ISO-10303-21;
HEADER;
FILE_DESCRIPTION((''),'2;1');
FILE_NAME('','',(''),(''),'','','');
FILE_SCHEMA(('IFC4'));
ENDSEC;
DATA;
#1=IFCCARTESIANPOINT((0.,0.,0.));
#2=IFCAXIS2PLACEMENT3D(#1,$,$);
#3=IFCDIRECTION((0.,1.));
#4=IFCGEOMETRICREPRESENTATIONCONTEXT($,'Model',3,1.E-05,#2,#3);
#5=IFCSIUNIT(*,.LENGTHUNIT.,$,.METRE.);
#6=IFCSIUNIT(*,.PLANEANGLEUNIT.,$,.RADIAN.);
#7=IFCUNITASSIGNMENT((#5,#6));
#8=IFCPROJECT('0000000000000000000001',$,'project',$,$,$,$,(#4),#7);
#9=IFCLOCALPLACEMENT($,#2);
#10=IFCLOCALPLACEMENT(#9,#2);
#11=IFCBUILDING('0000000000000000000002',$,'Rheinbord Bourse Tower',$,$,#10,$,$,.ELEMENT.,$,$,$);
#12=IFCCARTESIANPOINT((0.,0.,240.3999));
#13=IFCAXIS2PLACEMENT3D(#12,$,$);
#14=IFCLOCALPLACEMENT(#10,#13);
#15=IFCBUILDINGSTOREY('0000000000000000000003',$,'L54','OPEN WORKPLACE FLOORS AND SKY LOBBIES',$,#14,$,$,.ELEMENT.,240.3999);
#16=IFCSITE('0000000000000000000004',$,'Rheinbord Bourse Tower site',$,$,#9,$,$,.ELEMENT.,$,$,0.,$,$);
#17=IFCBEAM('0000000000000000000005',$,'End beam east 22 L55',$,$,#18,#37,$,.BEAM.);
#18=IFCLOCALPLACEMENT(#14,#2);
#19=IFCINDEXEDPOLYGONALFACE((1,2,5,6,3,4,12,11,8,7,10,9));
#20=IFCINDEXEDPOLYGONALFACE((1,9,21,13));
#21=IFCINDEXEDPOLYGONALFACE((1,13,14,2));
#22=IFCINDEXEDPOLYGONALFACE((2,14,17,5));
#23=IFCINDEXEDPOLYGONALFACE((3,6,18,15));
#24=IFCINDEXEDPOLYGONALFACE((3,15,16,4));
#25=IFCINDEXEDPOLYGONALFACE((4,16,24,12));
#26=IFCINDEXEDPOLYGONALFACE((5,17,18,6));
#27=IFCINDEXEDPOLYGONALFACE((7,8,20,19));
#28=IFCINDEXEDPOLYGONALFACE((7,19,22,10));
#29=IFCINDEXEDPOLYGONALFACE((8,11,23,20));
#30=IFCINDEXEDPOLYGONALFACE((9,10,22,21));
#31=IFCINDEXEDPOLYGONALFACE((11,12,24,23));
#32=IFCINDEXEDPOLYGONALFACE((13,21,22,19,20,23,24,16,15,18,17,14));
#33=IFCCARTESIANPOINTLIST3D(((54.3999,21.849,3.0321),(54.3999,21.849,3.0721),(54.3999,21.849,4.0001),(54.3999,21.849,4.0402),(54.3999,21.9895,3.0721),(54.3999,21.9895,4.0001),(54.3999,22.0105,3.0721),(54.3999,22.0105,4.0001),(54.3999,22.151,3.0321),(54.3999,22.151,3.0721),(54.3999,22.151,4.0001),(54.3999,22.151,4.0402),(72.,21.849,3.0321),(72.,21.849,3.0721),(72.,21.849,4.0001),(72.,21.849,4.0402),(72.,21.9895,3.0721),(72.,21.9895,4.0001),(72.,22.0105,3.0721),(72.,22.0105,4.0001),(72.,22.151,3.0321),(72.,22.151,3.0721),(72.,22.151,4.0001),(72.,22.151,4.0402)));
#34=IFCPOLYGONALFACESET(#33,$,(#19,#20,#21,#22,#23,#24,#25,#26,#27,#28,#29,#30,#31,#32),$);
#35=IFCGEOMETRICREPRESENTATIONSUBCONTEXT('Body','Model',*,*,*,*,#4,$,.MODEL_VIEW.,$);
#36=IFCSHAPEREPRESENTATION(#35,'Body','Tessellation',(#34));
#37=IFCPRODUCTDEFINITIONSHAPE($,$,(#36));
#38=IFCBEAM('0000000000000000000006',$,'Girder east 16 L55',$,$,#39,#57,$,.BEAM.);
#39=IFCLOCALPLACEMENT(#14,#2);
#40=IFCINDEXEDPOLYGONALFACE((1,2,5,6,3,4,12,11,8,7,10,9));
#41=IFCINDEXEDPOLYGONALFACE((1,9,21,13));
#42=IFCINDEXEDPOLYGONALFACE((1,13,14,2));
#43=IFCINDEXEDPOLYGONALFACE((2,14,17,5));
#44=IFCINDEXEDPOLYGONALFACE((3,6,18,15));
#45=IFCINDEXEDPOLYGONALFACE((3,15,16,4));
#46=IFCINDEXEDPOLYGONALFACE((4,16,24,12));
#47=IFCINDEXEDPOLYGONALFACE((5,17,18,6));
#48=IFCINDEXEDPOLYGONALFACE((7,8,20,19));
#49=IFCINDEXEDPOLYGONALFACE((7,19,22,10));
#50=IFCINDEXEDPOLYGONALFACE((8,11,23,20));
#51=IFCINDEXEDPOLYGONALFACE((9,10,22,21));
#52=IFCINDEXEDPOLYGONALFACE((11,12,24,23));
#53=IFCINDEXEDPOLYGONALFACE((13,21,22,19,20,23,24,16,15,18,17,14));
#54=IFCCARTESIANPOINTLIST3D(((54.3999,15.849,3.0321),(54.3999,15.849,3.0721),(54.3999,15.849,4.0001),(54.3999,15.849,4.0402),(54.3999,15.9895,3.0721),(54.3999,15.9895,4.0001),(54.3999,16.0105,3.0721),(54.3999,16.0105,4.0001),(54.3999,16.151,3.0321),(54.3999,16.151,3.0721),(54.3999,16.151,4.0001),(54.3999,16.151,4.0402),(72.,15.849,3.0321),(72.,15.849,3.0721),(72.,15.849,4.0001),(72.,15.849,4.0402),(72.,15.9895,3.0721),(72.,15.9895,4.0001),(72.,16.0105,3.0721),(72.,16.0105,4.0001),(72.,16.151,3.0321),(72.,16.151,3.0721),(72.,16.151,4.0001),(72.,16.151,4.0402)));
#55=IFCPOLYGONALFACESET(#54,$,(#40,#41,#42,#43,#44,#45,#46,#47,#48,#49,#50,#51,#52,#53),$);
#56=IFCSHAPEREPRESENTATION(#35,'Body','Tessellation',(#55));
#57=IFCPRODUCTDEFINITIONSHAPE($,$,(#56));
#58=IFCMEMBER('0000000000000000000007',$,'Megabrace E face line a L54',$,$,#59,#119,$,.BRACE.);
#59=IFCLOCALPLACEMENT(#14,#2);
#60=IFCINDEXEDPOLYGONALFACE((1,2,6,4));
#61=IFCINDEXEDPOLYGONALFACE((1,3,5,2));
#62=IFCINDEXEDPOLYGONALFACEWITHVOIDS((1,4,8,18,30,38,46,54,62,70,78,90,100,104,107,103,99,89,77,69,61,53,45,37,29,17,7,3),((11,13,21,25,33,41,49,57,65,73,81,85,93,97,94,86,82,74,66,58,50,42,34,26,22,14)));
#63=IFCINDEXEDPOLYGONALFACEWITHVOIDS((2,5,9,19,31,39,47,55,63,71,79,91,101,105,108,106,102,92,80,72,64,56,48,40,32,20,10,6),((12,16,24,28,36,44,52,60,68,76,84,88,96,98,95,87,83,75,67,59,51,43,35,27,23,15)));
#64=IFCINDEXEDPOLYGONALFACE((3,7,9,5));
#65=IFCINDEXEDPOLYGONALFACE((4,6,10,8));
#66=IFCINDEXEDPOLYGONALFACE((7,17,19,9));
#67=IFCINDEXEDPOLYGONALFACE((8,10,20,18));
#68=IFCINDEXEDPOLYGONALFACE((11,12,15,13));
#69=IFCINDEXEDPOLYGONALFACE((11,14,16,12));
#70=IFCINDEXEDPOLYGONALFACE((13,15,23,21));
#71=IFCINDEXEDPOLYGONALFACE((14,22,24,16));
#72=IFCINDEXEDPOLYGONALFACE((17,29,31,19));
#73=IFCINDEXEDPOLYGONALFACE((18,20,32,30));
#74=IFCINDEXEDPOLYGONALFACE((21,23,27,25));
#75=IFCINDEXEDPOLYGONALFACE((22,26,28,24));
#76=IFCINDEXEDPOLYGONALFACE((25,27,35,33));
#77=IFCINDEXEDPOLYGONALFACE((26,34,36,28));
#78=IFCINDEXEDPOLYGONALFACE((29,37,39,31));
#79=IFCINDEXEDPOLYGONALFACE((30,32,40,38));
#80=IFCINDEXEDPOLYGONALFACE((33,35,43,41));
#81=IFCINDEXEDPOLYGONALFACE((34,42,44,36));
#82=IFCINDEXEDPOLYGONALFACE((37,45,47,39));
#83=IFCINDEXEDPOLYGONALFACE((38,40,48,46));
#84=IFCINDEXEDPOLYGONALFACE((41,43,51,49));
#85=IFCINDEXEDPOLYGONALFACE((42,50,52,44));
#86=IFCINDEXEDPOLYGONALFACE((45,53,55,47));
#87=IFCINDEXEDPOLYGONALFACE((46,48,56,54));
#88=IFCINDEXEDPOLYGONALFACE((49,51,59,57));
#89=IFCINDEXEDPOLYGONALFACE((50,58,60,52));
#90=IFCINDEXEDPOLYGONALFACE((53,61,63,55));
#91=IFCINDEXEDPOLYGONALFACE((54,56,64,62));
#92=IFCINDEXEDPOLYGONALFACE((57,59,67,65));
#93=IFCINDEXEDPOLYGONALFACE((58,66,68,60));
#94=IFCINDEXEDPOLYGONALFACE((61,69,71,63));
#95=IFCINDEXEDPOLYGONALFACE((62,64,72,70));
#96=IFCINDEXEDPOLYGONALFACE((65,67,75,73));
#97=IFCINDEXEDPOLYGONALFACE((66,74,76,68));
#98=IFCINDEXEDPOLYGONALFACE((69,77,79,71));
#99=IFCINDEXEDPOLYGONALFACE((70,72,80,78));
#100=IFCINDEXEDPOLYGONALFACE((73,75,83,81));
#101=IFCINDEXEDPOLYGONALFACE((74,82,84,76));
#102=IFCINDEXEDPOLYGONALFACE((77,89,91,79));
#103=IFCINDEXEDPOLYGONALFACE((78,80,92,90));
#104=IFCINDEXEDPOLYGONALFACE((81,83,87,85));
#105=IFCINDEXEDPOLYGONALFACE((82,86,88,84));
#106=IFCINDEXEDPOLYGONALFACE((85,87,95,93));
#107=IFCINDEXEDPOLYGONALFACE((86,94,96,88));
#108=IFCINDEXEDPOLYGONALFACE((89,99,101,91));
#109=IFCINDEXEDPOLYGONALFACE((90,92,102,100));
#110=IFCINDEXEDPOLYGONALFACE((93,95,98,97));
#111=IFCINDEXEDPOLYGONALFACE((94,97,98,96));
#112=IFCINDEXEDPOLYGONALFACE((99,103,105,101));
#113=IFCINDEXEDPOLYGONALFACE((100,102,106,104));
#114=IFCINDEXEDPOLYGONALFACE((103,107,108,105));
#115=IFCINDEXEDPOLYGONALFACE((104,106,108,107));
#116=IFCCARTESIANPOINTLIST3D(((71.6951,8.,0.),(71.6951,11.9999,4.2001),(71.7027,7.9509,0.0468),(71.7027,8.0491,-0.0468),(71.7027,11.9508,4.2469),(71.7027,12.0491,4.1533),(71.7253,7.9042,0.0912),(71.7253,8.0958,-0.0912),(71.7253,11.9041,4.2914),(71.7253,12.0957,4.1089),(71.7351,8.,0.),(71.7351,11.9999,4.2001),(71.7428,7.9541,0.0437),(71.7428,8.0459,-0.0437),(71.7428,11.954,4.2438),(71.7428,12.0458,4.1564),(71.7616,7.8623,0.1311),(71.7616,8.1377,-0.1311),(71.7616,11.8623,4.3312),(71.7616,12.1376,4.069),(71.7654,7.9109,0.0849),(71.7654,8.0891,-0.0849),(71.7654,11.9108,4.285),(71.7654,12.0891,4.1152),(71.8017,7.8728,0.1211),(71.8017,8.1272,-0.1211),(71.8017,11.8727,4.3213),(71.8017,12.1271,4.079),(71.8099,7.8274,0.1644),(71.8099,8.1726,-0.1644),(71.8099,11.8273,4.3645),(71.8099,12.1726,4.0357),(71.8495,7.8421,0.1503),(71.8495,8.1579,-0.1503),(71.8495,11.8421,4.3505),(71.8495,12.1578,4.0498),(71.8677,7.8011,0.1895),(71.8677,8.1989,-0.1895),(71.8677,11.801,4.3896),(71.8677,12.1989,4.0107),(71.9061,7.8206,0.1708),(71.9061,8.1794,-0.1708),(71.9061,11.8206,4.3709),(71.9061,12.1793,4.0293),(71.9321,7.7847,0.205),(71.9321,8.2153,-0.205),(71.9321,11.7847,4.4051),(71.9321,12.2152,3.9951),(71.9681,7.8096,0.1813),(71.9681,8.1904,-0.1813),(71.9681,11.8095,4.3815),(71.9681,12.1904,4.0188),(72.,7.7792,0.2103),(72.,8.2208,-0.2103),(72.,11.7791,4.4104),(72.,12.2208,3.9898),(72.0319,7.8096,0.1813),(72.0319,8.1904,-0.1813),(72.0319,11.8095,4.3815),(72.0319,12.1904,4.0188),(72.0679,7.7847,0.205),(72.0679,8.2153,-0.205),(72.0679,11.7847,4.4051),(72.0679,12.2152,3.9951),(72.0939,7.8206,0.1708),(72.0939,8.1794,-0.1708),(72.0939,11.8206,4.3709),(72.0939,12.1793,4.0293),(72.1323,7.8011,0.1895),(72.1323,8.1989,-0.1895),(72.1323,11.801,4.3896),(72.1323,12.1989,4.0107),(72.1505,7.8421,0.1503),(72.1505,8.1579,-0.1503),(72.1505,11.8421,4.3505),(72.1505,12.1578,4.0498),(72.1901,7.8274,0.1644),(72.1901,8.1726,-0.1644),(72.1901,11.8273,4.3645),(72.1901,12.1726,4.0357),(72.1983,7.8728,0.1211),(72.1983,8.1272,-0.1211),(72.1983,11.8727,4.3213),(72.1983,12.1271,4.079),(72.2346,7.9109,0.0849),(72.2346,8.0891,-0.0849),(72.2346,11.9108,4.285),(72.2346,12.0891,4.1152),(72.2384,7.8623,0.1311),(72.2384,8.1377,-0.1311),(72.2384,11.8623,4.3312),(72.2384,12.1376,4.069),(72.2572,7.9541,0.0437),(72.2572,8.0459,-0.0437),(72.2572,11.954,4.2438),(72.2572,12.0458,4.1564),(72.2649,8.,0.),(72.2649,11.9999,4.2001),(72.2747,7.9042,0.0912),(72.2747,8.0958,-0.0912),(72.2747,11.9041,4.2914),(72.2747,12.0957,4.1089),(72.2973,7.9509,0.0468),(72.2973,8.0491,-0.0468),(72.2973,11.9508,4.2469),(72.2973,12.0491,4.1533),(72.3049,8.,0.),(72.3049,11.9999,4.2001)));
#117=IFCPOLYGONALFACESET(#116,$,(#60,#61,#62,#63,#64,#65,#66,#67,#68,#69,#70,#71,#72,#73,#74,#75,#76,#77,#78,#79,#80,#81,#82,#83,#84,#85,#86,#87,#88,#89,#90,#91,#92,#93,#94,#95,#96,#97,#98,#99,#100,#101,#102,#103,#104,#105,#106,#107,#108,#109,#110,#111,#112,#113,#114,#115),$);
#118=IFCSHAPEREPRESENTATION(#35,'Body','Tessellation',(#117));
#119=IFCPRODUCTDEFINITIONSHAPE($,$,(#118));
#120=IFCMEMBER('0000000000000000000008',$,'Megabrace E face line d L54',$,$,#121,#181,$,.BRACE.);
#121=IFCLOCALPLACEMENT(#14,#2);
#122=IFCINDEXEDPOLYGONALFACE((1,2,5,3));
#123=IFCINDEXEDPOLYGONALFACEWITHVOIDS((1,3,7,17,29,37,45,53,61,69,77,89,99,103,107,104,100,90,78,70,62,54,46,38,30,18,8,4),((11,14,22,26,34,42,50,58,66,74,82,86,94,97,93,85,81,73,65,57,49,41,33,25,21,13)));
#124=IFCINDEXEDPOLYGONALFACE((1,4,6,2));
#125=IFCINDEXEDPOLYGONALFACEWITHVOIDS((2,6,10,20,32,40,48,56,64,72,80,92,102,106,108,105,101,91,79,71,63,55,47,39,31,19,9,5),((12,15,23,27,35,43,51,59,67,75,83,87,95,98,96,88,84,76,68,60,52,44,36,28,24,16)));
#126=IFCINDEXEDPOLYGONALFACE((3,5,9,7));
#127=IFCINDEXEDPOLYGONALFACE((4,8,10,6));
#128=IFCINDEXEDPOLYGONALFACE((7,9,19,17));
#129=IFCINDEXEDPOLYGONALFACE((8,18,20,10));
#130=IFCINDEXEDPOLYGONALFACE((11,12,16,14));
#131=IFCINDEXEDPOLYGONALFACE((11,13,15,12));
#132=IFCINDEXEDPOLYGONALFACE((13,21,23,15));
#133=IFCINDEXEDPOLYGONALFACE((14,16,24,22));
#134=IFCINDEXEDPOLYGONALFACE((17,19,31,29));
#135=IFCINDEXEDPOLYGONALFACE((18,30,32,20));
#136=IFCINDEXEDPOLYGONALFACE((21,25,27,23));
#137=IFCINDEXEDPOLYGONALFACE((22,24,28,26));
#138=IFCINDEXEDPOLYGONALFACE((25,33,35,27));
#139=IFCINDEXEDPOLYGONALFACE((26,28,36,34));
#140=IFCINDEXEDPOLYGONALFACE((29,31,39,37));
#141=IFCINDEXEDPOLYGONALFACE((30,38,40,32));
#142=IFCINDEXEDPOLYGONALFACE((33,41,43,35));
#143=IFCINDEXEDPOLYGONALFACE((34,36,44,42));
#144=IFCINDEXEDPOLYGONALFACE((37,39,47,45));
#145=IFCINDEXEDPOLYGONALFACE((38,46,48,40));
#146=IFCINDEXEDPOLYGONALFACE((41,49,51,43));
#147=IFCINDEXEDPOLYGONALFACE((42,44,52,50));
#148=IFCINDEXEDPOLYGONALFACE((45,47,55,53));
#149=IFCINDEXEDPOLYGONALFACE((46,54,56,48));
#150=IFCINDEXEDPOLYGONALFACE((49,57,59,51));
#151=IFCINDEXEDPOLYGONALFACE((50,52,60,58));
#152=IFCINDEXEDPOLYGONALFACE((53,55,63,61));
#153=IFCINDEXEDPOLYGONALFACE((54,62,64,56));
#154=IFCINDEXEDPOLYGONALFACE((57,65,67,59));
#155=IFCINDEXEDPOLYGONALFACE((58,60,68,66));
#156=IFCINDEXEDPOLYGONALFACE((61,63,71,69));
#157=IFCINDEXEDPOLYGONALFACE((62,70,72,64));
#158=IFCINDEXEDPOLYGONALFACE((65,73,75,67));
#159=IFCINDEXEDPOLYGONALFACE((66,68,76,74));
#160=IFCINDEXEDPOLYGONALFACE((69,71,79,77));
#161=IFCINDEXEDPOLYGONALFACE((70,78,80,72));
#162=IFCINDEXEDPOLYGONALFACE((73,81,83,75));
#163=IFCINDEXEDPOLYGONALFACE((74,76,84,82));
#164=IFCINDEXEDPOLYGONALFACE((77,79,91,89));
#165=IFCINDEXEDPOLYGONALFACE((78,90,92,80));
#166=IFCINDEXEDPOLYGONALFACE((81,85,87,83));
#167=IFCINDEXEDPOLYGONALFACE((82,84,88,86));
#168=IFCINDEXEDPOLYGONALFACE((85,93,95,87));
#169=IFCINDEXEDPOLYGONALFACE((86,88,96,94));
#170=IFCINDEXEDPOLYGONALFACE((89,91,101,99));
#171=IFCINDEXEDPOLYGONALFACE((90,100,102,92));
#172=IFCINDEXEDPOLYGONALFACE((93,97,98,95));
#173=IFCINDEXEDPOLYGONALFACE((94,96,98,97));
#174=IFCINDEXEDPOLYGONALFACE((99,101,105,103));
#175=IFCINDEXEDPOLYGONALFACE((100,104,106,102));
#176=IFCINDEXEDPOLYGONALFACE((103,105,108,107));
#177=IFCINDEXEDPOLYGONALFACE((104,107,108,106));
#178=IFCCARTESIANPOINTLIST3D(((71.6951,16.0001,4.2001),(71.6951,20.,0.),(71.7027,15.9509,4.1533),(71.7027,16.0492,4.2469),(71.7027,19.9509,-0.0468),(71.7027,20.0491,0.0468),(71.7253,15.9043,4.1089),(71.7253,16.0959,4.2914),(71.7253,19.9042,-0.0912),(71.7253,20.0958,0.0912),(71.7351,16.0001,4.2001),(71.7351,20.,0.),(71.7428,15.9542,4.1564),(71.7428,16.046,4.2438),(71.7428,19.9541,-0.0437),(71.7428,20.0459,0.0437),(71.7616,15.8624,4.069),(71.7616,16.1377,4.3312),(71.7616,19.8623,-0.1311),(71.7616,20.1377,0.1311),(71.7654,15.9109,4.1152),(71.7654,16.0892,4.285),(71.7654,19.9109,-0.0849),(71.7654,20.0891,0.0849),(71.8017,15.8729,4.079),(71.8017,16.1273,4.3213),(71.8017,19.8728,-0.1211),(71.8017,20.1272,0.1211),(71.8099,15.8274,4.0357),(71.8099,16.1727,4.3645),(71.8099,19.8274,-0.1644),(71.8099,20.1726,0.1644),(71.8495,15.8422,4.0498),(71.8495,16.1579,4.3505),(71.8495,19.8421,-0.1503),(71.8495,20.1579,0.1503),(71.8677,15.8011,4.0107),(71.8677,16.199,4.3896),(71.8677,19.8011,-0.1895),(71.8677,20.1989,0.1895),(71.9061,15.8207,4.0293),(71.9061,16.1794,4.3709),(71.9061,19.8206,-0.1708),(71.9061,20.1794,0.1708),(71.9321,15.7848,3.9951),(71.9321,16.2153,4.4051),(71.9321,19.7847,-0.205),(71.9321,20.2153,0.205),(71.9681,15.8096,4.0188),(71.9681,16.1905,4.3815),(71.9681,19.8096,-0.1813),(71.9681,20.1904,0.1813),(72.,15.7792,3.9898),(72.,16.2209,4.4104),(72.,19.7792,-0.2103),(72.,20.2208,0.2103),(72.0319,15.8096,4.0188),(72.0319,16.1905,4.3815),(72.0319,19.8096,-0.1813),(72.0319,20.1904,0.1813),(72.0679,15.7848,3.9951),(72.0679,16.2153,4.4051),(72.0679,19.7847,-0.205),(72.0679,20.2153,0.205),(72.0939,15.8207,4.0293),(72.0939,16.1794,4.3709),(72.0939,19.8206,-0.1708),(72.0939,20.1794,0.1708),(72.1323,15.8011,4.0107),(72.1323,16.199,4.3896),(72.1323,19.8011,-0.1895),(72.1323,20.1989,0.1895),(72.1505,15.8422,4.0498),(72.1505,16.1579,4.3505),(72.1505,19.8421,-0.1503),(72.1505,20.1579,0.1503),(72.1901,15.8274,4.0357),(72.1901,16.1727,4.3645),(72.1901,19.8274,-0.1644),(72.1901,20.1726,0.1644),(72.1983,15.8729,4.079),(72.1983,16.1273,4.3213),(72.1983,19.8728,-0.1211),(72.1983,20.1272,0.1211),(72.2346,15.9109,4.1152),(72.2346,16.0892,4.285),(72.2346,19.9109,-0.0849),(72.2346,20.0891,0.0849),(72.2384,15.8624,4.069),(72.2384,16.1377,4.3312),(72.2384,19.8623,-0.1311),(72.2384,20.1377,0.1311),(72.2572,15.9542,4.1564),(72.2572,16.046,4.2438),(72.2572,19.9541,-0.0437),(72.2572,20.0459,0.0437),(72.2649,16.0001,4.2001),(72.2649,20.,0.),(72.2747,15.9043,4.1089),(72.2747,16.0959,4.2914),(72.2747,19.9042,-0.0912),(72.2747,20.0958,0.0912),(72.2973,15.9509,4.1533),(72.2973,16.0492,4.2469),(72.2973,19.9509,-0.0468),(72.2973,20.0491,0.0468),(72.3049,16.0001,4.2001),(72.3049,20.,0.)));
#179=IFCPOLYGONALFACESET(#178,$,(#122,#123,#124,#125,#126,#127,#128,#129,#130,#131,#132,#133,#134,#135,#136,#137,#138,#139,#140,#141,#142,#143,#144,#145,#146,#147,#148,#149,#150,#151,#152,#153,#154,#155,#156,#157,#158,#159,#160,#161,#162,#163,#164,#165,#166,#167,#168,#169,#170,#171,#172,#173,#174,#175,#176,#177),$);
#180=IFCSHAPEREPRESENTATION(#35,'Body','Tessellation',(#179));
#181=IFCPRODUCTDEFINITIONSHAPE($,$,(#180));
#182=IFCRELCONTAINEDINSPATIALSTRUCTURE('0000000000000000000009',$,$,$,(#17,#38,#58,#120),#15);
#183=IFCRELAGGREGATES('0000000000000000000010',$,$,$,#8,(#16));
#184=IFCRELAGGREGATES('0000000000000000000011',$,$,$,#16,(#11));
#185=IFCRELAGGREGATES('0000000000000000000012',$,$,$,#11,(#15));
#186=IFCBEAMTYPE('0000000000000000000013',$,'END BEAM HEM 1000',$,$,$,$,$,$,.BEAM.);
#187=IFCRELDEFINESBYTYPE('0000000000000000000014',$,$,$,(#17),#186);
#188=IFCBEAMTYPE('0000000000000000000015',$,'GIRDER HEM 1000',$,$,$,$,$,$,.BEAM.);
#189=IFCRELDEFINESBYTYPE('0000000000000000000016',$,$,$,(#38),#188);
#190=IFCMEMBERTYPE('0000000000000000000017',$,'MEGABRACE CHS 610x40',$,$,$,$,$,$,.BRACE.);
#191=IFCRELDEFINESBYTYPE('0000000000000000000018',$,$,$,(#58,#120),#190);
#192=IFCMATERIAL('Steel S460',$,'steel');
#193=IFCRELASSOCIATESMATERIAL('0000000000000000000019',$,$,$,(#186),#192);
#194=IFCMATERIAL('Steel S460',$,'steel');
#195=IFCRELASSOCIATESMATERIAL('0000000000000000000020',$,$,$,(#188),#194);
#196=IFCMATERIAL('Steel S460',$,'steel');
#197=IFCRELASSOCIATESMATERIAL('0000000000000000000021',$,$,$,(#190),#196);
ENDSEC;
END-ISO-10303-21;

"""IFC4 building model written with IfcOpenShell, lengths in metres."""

from ifc_helpers import new_model, si_unit, direction, frame, origin, origin_2d, place, context, subcontext, project, spatial, hollow_circle, i_section, extrude, material, material_profile, profile_set, type_object, element, save


model = new_model("IFC4")

# Units and contexts
model_context = context("Model", 3, precision=1e-05, world=origin(), true_north=direction((0.0, 1.0)))
body_context = subcontext(model_context, "Body", "Model", "MODEL_VIEW")
ifc_project = project(units=[si_unit("LENGTHUNIT", "METRE"), si_unit("PLANEANGLEUNIT", "RADIAN")], contexts=[model_context])

# Site, building, storey
site_placement = place(None, origin())
site = spatial("IfcSite", under=ifc_project, at=site_placement, Name="Rheinbord Bourse Tower site", CompositionType="ELEMENT", RefElevation=0.0)
building_placement = place(site_placement, origin())
building = spatial("IfcBuilding", under=site, at=building_placement, Name="Rheinbord Bourse Tower", CompositionType="ELEMENT")
storey_placement = place(building_placement, frame((0.0, 0.0, 240.3999)))
storey = spatial("IfcBuildingStorey", under=building, at=storey_placement, Name="L54", Description="OPEN WORKPLACE FLOORS AND SKY LOBBIES", CompositionType="ELEMENT", Elevation=240.3999)

# Beams
ifc_material_1 = material(Name="Steel S460", Category="steel")
ifc_material_profile_1 = material_profile(ifc_material_1, i_section(OverallWidth=0.302, OverallDepth=1.0081, WebThickness=0.021, FlangeThickness=0.04, at=origin_2d()), Name="HEM 1000")
ifc_profile_set_1 = profile_set([ifc_material_profile_1], Name="Steel S460")
beam_type_1 = type_object("IfcBeamType", Name="END BEAM HEM 1000", PredefinedType="BEAM", material=ifc_profile_set_1)
for number, where, z_axis, x_axis, name in (
    (1, (54.3999, 22.0, 3.5361), (1.0, 0.0, 0.0), (0.0, 1.0, 0.0), "End beam east 22 L55"),
):
    element("IfcBeam", number, at=place(storey_placement, frame(where, z_axis=z_axis, x_axis=x_axis)), inside=storey, type_object=beam_type_1, Name=name, PredefinedType="BEAM", context=body_context, shape_type="SweptSolid", body=[
        extrude(i_section(OverallWidth=0.302, OverallDepth=1.0081, WebThickness=0.021, FlangeThickness=0.04, at=origin_2d()), origin(), (0.0, 0.0, 1.0), 17.6001),
    ])
ifc_material_2 = material(Name="Steel S460", Category="steel")
ifc_material_profile_2 = material_profile(ifc_material_2, i_section(OverallWidth=0.302, OverallDepth=1.0081, WebThickness=0.021, FlangeThickness=0.04, at=origin_2d()), Name="HEM 1000")
ifc_profile_set_2 = profile_set([ifc_material_profile_2], Name="Steel S460")
beam_type_2 = type_object("IfcBeamType", Name="GIRDER HEM 1000", PredefinedType="BEAM", material=ifc_profile_set_2)
beam_1_placement = place(storey_placement, frame((54.3999, 16.0, 3.5361), z_axis=(1.0, 0.0, 0.0), x_axis=(0.0, 1.0, 0.0)))
element("IfcBeam", 2, at=beam_1_placement, inside=storey, type_object=beam_type_2, Name="Girder east 16 L55", PredefinedType="BEAM", context=body_context, shape_type="SweptSolid", body=[
    extrude(i_section(OverallWidth=0.302, OverallDepth=1.0081, WebThickness=0.021, FlangeThickness=0.04, at=origin_2d()), origin(), (0.0, 0.0, 1.0), 17.6001),
])

# Members
ifc_material_3 = material(Name="Steel S460", Category="steel")
ifc_material_profile_3 = material_profile(ifc_material_3, hollow_circle(Radius=0.3049, WallThickness=0.04, at=origin_2d()), Name="CHS 610x40")
ifc_profile_set_3 = profile_set([ifc_material_profile_3], Name="Steel S460")
member_type_1 = type_object("IfcMemberType", Name="MEGABRACE CHS 610x40", PredefinedType="BRACE", material=ifc_profile_set_3)
for number, where, z_axis, x_axis, name in (
    (3, (72.0, 8.0, 0.0), (0.0, 0.689638, 0.724154), (-1.0, 0.0, 0.0), "Megabrace E face line a L54"),
    (4, (72.0, 20.0, 0.0), (0.0, -0.689638, 0.724154), (1.0, 0.0, 0.0), "Megabrace E face line d L54"),
):
    element("IfcMember", number, at=place(storey_placement, frame(where, z_axis=z_axis, x_axis=x_axis)), inside=storey, type_object=member_type_1, Name=name, PredefinedType="BRACE", context=body_context, shape_type="SweptSolid", body=[
        extrude(hollow_circle(Radius=0.3049, WallThickness=0.04, at=origin_2d()), origin(), (0.0, 0.0, 1.0), 5.8),
    ])

save(model, "model.ifc")
